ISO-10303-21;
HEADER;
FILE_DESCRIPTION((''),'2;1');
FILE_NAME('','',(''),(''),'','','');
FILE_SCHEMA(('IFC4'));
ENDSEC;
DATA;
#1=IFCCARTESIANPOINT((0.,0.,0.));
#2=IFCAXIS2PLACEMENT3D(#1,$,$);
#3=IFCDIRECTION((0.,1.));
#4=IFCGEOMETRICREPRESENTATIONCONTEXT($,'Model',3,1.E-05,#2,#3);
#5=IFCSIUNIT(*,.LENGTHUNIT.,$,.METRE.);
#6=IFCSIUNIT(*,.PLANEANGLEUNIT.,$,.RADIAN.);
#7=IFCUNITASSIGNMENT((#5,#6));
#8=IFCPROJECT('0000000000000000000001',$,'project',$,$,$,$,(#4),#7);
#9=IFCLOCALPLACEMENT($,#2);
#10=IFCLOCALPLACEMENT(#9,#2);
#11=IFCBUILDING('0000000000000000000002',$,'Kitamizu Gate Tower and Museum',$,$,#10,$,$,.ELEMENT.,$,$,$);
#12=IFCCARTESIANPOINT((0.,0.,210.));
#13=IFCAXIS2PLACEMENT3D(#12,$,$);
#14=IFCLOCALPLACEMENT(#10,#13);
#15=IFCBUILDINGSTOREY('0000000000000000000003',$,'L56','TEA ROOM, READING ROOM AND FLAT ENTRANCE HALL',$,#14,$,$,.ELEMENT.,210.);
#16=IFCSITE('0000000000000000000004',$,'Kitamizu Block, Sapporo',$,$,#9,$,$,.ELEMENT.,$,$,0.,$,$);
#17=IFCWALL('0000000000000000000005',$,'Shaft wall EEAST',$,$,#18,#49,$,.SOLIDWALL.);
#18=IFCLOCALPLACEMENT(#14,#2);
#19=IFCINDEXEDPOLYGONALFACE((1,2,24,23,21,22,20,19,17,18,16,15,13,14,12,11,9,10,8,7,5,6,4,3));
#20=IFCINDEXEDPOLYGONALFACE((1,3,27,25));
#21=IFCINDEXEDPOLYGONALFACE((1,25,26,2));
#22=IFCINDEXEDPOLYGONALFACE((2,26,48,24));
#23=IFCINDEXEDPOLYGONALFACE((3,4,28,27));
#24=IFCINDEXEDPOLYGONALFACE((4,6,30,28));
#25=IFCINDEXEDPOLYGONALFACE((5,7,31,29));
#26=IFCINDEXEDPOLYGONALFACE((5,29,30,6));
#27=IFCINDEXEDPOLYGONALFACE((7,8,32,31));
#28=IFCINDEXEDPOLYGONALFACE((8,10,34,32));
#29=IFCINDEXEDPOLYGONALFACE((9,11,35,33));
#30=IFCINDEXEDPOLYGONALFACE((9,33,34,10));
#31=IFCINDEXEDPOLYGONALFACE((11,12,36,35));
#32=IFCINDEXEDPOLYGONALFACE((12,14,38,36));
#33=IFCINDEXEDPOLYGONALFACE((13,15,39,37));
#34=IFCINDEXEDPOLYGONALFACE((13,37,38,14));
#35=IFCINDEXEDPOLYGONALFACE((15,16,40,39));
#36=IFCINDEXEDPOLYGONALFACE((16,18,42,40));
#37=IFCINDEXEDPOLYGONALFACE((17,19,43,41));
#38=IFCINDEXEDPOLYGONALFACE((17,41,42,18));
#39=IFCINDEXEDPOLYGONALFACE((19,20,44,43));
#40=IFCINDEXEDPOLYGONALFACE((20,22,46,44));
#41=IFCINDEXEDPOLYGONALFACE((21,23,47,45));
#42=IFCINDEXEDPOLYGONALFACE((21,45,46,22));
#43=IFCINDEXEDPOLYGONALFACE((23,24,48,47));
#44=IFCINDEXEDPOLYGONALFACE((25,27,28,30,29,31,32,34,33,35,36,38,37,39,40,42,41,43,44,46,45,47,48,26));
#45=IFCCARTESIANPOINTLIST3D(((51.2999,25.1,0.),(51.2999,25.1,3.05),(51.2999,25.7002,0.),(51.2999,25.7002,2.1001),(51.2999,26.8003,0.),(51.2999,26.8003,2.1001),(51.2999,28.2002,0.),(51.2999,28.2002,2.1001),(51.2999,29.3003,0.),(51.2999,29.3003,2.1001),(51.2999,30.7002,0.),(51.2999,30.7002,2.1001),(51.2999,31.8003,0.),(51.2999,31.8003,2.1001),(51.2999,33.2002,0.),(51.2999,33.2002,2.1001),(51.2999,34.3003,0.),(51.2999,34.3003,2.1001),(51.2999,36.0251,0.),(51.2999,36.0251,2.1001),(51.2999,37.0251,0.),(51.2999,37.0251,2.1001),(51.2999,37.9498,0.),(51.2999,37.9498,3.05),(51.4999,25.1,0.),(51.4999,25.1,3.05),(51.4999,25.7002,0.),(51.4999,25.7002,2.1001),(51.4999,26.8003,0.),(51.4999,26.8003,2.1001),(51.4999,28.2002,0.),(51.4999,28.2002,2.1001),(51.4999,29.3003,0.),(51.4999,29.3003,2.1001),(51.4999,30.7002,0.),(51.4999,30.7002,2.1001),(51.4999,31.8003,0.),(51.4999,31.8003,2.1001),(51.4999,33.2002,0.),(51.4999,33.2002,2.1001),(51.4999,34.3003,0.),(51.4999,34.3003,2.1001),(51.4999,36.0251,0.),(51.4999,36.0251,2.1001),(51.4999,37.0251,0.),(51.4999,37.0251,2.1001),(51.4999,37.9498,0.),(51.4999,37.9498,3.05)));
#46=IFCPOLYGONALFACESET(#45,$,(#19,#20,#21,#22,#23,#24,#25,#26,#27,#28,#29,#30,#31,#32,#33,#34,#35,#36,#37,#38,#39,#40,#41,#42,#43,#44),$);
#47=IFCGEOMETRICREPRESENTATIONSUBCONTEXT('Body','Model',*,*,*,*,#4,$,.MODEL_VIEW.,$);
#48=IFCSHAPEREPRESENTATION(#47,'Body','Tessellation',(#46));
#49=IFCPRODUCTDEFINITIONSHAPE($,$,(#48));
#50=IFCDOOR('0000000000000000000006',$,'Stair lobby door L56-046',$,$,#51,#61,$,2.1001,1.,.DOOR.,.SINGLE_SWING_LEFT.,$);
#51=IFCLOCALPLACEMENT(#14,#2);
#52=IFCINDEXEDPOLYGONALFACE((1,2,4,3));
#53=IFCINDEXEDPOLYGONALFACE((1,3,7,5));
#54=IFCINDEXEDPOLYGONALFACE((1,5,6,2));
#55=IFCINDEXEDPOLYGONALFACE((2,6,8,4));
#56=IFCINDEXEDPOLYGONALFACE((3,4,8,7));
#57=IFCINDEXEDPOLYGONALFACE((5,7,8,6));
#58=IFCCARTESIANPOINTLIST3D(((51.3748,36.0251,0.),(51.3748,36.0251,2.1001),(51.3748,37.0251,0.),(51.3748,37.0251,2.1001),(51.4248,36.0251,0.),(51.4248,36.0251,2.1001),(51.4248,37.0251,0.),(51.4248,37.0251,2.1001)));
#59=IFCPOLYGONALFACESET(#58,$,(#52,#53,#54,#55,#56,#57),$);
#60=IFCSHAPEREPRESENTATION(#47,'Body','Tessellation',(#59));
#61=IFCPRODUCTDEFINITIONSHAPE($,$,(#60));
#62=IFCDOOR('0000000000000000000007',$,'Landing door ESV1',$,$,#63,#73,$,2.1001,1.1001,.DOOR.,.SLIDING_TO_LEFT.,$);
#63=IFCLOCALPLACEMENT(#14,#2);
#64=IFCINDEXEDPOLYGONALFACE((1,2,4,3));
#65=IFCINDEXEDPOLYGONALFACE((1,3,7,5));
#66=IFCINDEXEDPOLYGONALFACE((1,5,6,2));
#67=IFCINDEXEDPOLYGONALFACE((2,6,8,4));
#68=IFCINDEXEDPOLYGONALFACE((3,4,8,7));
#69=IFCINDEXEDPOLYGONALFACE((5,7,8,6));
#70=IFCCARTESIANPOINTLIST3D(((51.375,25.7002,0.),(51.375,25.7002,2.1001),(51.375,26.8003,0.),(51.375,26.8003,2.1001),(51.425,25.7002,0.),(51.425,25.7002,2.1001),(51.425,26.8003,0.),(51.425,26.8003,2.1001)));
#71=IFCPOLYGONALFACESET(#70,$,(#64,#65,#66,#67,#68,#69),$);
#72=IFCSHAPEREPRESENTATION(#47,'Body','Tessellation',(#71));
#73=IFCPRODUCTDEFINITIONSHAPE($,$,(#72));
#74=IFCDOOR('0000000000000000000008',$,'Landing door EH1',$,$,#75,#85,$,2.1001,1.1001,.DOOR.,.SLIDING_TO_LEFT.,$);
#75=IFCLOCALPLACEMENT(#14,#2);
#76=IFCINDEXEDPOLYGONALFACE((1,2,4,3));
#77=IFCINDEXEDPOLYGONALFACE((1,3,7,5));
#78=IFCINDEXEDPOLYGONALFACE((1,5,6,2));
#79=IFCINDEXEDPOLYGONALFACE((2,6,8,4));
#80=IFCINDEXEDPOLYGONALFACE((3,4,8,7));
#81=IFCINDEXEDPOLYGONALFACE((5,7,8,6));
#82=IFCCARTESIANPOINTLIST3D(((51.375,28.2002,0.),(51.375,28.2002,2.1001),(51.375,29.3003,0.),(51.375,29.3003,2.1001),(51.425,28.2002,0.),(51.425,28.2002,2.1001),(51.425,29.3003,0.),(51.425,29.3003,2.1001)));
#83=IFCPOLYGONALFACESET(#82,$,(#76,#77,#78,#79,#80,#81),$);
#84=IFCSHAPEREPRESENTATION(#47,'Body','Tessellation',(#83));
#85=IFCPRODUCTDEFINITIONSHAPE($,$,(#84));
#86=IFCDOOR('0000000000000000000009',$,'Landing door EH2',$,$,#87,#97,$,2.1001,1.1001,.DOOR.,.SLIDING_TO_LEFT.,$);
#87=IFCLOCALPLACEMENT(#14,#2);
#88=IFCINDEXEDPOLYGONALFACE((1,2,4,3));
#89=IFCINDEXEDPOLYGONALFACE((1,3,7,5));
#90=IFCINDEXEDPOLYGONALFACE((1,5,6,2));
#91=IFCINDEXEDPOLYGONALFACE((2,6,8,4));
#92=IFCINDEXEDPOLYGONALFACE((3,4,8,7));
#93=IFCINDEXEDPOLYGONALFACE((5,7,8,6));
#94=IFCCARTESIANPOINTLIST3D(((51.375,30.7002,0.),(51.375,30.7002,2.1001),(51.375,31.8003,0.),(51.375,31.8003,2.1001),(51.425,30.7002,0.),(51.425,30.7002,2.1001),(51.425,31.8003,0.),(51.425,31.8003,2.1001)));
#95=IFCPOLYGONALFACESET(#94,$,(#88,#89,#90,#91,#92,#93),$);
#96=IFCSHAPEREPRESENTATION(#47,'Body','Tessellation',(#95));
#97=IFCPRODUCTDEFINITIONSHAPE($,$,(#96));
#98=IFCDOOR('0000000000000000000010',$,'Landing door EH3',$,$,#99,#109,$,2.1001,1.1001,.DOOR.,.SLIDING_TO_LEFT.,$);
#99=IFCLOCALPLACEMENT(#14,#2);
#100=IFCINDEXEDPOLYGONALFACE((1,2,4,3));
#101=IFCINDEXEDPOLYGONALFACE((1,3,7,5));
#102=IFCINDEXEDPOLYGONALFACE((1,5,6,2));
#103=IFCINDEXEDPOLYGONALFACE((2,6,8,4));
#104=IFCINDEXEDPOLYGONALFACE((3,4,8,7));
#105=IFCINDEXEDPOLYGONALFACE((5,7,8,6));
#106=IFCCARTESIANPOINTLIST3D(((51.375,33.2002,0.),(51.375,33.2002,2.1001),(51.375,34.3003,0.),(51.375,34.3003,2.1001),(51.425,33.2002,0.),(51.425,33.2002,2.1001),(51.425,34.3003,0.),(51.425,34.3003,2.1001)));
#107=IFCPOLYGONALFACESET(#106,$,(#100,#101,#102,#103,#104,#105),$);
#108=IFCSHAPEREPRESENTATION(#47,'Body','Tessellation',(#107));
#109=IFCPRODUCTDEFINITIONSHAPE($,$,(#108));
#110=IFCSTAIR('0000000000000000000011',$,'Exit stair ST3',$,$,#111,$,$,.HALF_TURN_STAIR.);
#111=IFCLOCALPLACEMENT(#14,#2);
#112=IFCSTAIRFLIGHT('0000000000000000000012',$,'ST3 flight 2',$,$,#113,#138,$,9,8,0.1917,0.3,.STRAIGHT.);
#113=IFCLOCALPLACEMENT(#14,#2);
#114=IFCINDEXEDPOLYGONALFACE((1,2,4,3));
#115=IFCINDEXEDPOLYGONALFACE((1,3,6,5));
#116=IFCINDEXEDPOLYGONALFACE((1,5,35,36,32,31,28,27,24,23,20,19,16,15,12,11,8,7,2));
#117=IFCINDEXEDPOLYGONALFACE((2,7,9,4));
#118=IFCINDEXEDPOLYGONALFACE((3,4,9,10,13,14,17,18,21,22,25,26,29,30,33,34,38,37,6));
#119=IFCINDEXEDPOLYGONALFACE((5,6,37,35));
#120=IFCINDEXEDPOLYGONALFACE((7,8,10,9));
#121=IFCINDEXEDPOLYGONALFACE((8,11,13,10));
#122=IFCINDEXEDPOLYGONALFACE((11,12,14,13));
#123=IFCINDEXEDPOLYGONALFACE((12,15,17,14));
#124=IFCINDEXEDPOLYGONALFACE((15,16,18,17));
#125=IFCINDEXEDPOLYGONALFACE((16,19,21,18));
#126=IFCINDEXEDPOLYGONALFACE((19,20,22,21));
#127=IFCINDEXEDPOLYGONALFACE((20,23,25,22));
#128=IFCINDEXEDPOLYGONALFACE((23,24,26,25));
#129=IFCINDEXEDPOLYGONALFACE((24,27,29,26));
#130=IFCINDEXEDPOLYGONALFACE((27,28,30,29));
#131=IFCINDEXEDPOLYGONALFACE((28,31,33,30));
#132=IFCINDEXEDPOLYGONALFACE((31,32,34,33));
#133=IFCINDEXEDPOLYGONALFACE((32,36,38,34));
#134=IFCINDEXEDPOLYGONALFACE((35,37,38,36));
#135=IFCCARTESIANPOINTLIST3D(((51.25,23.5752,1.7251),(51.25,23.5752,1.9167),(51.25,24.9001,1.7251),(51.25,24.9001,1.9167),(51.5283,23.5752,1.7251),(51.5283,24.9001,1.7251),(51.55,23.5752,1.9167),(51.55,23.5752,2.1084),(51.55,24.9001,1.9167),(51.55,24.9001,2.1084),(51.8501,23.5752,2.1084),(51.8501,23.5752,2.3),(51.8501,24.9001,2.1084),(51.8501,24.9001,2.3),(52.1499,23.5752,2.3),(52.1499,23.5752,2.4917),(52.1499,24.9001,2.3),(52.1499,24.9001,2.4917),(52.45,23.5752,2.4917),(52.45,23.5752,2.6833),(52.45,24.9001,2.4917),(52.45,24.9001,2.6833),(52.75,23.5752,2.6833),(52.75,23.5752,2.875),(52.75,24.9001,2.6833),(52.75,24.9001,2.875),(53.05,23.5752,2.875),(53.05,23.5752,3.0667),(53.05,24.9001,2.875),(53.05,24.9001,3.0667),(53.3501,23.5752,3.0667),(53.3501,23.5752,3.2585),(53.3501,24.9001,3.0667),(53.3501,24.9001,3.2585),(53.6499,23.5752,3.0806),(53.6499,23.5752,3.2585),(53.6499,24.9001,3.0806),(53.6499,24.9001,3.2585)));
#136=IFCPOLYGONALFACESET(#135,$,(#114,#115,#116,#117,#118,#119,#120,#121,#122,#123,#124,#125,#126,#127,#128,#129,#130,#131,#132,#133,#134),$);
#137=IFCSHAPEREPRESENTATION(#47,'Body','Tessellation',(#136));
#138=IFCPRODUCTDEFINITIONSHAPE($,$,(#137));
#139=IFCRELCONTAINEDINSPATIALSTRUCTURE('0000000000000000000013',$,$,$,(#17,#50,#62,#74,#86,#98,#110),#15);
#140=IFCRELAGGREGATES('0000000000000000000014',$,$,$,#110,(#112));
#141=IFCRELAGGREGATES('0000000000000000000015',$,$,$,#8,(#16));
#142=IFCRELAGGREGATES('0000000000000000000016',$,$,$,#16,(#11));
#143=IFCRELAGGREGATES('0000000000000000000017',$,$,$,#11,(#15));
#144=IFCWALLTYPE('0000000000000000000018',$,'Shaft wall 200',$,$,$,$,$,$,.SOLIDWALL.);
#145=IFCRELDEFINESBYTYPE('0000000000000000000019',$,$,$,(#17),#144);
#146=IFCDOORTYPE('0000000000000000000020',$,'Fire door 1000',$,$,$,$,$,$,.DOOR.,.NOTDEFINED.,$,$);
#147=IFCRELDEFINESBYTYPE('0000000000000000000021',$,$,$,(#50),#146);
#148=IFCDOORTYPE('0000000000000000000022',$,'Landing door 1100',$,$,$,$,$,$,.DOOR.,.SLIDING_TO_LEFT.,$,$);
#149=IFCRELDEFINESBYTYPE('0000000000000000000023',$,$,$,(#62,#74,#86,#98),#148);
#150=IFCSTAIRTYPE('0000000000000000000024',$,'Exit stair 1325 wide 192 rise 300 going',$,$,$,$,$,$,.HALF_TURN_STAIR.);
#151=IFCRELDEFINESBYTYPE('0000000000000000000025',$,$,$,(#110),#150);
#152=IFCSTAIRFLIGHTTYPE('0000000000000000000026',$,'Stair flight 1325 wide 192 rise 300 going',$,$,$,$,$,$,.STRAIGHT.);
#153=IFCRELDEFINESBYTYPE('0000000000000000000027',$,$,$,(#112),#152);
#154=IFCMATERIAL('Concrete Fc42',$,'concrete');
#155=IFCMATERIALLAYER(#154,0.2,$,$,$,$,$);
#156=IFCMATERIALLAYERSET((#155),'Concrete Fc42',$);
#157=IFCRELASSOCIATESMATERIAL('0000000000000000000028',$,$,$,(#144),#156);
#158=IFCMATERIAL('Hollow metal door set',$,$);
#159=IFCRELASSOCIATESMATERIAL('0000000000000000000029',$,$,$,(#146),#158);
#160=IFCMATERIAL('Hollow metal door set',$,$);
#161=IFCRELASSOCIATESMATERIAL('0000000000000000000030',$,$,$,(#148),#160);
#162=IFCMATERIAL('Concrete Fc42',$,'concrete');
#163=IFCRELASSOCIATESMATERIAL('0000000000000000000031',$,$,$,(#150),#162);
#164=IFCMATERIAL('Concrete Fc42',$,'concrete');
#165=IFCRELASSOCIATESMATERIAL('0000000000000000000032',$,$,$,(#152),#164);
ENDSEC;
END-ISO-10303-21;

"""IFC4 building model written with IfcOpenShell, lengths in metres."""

from ifc_helpers import new_model, si_unit, direction, frame, frame_2d, origin, place, context, subcontext, project, spatial, polyline, rectangle, outline, extrude, material, layer, layer_set, type_object, element, fill, aggregate, save


model = new_model("IFC4")

# Units and contexts
model_context = context("Model", 3, precision=1e-05, world=origin(), true_north=direction((0.0, 1.0)))
body_context = subcontext(model_context, "Body", "Model", "MODEL_VIEW")
ifc_project = project(units=[si_unit("LENGTHUNIT", "METRE"), si_unit("PLANEANGLEUNIT", "RADIAN")], contexts=[model_context])

# Site, building, storey
site_placement = place(None, origin())
site = spatial("IfcSite", under=ifc_project, at=site_placement, Name="Kitamizu Block, Sapporo", CompositionType="ELEMENT", RefElevation=0.0)
building_placement = place(site_placement, origin())
building = spatial("IfcBuilding", under=site, at=building_placement, Name="Kitamizu Gate Tower and Museum", CompositionType="ELEMENT")
storey_placement = place(building_placement, frame((0.0, 0.0, 210.0)))
storey = spatial("IfcBuildingStorey", under=building, at=storey_placement, Name="L56", Description="TEA ROOM, READING ROOM AND FLAT ENTRANCE HALL", CompositionType="ELEMENT", Elevation=210.0)

# Wall, openings, doors
ifc_material_1 = material(Name="Concrete Fc42", Category="concrete")
ifc_layer_1 = layer(ifc_material_1, 0.2)
ifc_layer_set_1 = layer_set([ifc_layer_1], Name="Concrete Fc42")
wall_type_1 = type_object("IfcWallType", Name="Shaft wall 200", PredefinedType="SOLIDWALL", material=ifc_layer_set_1)
wall_1_placement = place(storey_placement, frame((51.3999, 25.1001, 0.0), z_axis=(0.0, 0.0, 1.0), x_axis=(0.0, 1.0, 0.0)))
wall_1 = element("IfcWall", 1, at=wall_1_placement, inside=storey, type_object=wall_type_1, Name="Shaft wall EEAST", PredefinedType="SOLIDWALL", context=body_context, shape_type="SweptSolid", body=[
    extrude(rectangle(XDim=12.8499, YDim=0.2, at=frame_2d((6.4248, 0.0))), origin(), (0.0, 0.0, 1.0), 3.05),
])
opening_1_placement = place(wall_1_placement, frame((0.6001, 0.0, 0.0)))
opening_1 = element("IfcOpeningElement", 2, at=opening_1_placement, cuts=wall_1, PredefinedType="OPENING", context=body_context, shape_type="SweptSolid", body=[
    extrude(rectangle(XDim=1.1001, YDim=2.1001, at=frame_2d((0.55, 1.05))), frame((0.0, 0.1099, 0.0), z_axis=(0.0, -1.0, 0.0), x_axis=(1.0, 0.0, 0.0)), (0.0, 0.0, 1.0), 0.22),
])
opening_2_placement = place(wall_1_placement, frame((3.1001, 0.0, 0.0)))
opening_2 = element("IfcOpeningElement", 3, at=opening_2_placement, cuts=wall_1, PredefinedType="OPENING", context=body_context, shape_type="SweptSolid", body=[
    extrude(rectangle(XDim=1.1001, YDim=2.1001, at=frame_2d((0.55, 1.05))), frame((0.0, 0.1099, 0.0), z_axis=(0.0, -1.0, 0.0), x_axis=(1.0, 0.0, 0.0)), (0.0, 0.0, 1.0), 0.22),
])
opening_3_placement = place(wall_1_placement, frame((5.6001, 0.0, 0.0)))
opening_3 = element("IfcOpeningElement", 4, at=opening_3_placement, cuts=wall_1, PredefinedType="OPENING", context=body_context, shape_type="SweptSolid", body=[
    extrude(rectangle(XDim=1.1001, YDim=2.1001, at=frame_2d((0.55, 1.05))), frame((0.0, 0.1099, 0.0), z_axis=(0.0, -1.0, 0.0), x_axis=(1.0, 0.0, 0.0)), (0.0, 0.0, 1.0), 0.22),
])
opening_4_placement = place(wall_1_placement, frame((8.1001, 0.0, 0.0)))
opening_4 = element("IfcOpeningElement", 5, at=opening_4_placement, cuts=wall_1, PredefinedType="OPENING", context=body_context, shape_type="SweptSolid", body=[
    extrude(rectangle(XDim=1.1001, YDim=2.1001, at=frame_2d((0.55, 1.05))), frame((0.0, 0.1099, 0.0), z_axis=(0.0, -1.0, 0.0), x_axis=(1.0, 0.0, 0.0)), (0.0, 0.0, 1.0), 0.22),
])
opening_5_placement = place(wall_1_placement, frame((10.925, 0.0, 0.0)))
opening_5 = element("IfcOpeningElement", 6, at=opening_5_placement, cuts=wall_1, PredefinedType="OPENING", context=body_context, shape_type="SweptSolid", body=[
    extrude(rectangle(XDim=1.0, YDim=2.1001, at=frame_2d((0.5, 1.05))), frame((0.0, 0.1099, 0.0), z_axis=(0.0, -1.0, 0.0), x_axis=(1.0, 0.0, 0.0)), (0.0, 0.0, 1.0), 0.22),
])
ifc_material_2 = material(Name="Hollow metal door set")
door_type_1 = type_object("IfcDoorType", Name="Fire door 1000", OperationType="NOTDEFINED", PredefinedType="DOOR", material=ifc_material_2)
door_1_placement = place(opening_5_placement, frame((1.0, 0.0, 0.0), x_axis=(-1.0, 0.0, 0.0)))
door_1 = element("IfcDoor", 7, at=door_1_placement, inside=storey, type_object=door_type_1, Name="Stair lobby door L56-046", OperationType="SINGLE_SWING_LEFT", OverallHeight=2.1001, OverallWidth=1.0, PredefinedType="DOOR", context=body_context, shape_type="SweptSolid", body=[
    extrude(rectangle(XDim=1.0, YDim=2.1001, at=frame_2d((0.5, 1.05))), frame((0.0, 0.0249, 0.0), z_axis=(0.0, -1.0, 0.0), x_axis=(1.0, 0.0, 0.0)), (0.0, 0.0, 1.0), 0.05),
])
fill(opening_5, door_1)
ifc_material_3 = material(Name="Hollow metal door set")
door_type_2 = type_object("IfcDoorType", Name="Landing door 1100", OperationType="SLIDING_TO_LEFT", PredefinedType="DOOR", material=ifc_material_3)
door_2_placement = place(opening_1_placement, origin())
door_2 = element("IfcDoor", 8, at=door_2_placement, inside=storey, type_object=door_type_2, Name="Landing door ESV1", OperationType="SLIDING_TO_LEFT", OverallHeight=2.1001, OverallWidth=1.1001, PredefinedType="DOOR", context=body_context, shape_type="SweptSolid", body=[
    extrude(rectangle(XDim=1.1001, YDim=2.1001, at=frame_2d((0.55, 1.05))), frame((0.0, 0.0249, 0.0), z_axis=(0.0, -1.0, 0.0), x_axis=(1.0, 0.0, 0.0)), (0.0, 0.0, 1.0), 0.05),
])
fill(opening_1, door_2)
door_3_placement = place(opening_2_placement, origin())
door_3 = element("IfcDoor", 9, at=door_3_placement, inside=storey, type_object=door_type_2, Name="Landing door EH1", OperationType="SLIDING_TO_LEFT", OverallHeight=2.1001, OverallWidth=1.1001, PredefinedType="DOOR", context=body_context, shape_type="SweptSolid", body=[
    extrude(rectangle(XDim=1.1001, YDim=2.1001, at=frame_2d((0.55, 1.05))), frame((0.0, 0.0249, 0.0), z_axis=(0.0, -1.0, 0.0), x_axis=(1.0, 0.0, 0.0)), (0.0, 0.0, 1.0), 0.05),
])
fill(opening_2, door_3)
door_4_placement = place(opening_3_placement, origin())
door_4 = element("IfcDoor", 10, at=door_4_placement, inside=storey, type_object=door_type_2, Name="Landing door EH2", OperationType="SLIDING_TO_LEFT", OverallHeight=2.1001, OverallWidth=1.1001, PredefinedType="DOOR", context=body_context, shape_type="SweptSolid", body=[
    extrude(rectangle(XDim=1.1001, YDim=2.1001, at=frame_2d((0.55, 1.05))), frame((0.0, 0.0249, 0.0), z_axis=(0.0, -1.0, 0.0), x_axis=(1.0, 0.0, 0.0)), (0.0, 0.0, 1.0), 0.05),
])
fill(opening_3, door_4)
door_5_placement = place(opening_4_placement, origin())
door_5 = element("IfcDoor", 11, at=door_5_placement, inside=storey, type_object=door_type_2, Name="Landing door EH3", OperationType="SLIDING_TO_LEFT", OverallHeight=2.1001, OverallWidth=1.1001, PredefinedType="DOOR", context=body_context, shape_type="SweptSolid", body=[
    extrude(rectangle(XDim=1.1001, YDim=2.1001, at=frame_2d((0.55, 1.05))), frame((0.0, 0.0249, 0.0), z_axis=(0.0, -1.0, 0.0), x_axis=(1.0, 0.0, 0.0)), (0.0, 0.0, 1.0), 0.05),
])
fill(opening_4, door_5)

# Stair, stair flight
ifc_material_4 = material(Name="Concrete Fc42", Category="concrete")
stair_type = type_object("IfcStairType", Name="Exit stair 1325 wide 192 rise 300 going", PredefinedType="HALF_TURN_STAIR", material=ifc_material_4)
stair_placement = place(storey_placement, origin())
stair = element("IfcStair", 12, at=stair_placement, inside=storey, type_object=stair_type, Name="Exit stair ST3", PredefinedType="HALF_TURN_STAIR")
ifc_material_5 = material(Name="Concrete Fc42", Category="concrete")
stair_flight_type = type_object("IfcStairFlightType", Name="Stair flight 1325 wide 192 rise 300 going", PredefinedType="STRAIGHT", material=ifc_material_5)
stair_flight_placement = place(storey_placement, frame((51.25, 24.2375, 1.7251), z_axis=(0.0, 0.0, 1.0), x_axis=(1.0, 0.0, 0.0)))
stair_flight = element("IfcStairFlight", 13, at=stair_flight_placement, type_object=stair_flight_type, Name="ST3 flight 2", NumberOfRisers=9, NumberOfTreads=8, PredefinedType="STRAIGHT", RiserHeight=0.1917, TreadLength=0.3, context=body_context, shape_type="SweptSolid", body=[
    extrude(outline(polyline([(0.0, 0.0), (0.0, 0.1917), (0.3, 0.1917), (0.3, 0.3833), (0.6001, 0.3833), (0.6001, 0.575), (0.8999, 0.575), (0.8999, 0.7666), (1.2, 0.7666), (1.2, 0.9583), (1.5, 0.9583), (1.5, 1.1499), (1.8, 1.1499), (1.8, 1.3416), (2.1001, 1.3416), (2.1001, 1.5334), (2.3999, 1.5334), (2.3999, 1.7251), (2.3999, 1.3555), (0.2783, 0.0), (0.0, 0.0)])), frame((0.0, 0.6626, 0.0), z_axis=(0.0, -1.0, 0.0), x_axis=(1.0, 0.0, 0.0)), (0.0, 0.0, 1.0), 1.325),
])
aggregate(stair, [stair_flight])

save(model, "model.ifc")
